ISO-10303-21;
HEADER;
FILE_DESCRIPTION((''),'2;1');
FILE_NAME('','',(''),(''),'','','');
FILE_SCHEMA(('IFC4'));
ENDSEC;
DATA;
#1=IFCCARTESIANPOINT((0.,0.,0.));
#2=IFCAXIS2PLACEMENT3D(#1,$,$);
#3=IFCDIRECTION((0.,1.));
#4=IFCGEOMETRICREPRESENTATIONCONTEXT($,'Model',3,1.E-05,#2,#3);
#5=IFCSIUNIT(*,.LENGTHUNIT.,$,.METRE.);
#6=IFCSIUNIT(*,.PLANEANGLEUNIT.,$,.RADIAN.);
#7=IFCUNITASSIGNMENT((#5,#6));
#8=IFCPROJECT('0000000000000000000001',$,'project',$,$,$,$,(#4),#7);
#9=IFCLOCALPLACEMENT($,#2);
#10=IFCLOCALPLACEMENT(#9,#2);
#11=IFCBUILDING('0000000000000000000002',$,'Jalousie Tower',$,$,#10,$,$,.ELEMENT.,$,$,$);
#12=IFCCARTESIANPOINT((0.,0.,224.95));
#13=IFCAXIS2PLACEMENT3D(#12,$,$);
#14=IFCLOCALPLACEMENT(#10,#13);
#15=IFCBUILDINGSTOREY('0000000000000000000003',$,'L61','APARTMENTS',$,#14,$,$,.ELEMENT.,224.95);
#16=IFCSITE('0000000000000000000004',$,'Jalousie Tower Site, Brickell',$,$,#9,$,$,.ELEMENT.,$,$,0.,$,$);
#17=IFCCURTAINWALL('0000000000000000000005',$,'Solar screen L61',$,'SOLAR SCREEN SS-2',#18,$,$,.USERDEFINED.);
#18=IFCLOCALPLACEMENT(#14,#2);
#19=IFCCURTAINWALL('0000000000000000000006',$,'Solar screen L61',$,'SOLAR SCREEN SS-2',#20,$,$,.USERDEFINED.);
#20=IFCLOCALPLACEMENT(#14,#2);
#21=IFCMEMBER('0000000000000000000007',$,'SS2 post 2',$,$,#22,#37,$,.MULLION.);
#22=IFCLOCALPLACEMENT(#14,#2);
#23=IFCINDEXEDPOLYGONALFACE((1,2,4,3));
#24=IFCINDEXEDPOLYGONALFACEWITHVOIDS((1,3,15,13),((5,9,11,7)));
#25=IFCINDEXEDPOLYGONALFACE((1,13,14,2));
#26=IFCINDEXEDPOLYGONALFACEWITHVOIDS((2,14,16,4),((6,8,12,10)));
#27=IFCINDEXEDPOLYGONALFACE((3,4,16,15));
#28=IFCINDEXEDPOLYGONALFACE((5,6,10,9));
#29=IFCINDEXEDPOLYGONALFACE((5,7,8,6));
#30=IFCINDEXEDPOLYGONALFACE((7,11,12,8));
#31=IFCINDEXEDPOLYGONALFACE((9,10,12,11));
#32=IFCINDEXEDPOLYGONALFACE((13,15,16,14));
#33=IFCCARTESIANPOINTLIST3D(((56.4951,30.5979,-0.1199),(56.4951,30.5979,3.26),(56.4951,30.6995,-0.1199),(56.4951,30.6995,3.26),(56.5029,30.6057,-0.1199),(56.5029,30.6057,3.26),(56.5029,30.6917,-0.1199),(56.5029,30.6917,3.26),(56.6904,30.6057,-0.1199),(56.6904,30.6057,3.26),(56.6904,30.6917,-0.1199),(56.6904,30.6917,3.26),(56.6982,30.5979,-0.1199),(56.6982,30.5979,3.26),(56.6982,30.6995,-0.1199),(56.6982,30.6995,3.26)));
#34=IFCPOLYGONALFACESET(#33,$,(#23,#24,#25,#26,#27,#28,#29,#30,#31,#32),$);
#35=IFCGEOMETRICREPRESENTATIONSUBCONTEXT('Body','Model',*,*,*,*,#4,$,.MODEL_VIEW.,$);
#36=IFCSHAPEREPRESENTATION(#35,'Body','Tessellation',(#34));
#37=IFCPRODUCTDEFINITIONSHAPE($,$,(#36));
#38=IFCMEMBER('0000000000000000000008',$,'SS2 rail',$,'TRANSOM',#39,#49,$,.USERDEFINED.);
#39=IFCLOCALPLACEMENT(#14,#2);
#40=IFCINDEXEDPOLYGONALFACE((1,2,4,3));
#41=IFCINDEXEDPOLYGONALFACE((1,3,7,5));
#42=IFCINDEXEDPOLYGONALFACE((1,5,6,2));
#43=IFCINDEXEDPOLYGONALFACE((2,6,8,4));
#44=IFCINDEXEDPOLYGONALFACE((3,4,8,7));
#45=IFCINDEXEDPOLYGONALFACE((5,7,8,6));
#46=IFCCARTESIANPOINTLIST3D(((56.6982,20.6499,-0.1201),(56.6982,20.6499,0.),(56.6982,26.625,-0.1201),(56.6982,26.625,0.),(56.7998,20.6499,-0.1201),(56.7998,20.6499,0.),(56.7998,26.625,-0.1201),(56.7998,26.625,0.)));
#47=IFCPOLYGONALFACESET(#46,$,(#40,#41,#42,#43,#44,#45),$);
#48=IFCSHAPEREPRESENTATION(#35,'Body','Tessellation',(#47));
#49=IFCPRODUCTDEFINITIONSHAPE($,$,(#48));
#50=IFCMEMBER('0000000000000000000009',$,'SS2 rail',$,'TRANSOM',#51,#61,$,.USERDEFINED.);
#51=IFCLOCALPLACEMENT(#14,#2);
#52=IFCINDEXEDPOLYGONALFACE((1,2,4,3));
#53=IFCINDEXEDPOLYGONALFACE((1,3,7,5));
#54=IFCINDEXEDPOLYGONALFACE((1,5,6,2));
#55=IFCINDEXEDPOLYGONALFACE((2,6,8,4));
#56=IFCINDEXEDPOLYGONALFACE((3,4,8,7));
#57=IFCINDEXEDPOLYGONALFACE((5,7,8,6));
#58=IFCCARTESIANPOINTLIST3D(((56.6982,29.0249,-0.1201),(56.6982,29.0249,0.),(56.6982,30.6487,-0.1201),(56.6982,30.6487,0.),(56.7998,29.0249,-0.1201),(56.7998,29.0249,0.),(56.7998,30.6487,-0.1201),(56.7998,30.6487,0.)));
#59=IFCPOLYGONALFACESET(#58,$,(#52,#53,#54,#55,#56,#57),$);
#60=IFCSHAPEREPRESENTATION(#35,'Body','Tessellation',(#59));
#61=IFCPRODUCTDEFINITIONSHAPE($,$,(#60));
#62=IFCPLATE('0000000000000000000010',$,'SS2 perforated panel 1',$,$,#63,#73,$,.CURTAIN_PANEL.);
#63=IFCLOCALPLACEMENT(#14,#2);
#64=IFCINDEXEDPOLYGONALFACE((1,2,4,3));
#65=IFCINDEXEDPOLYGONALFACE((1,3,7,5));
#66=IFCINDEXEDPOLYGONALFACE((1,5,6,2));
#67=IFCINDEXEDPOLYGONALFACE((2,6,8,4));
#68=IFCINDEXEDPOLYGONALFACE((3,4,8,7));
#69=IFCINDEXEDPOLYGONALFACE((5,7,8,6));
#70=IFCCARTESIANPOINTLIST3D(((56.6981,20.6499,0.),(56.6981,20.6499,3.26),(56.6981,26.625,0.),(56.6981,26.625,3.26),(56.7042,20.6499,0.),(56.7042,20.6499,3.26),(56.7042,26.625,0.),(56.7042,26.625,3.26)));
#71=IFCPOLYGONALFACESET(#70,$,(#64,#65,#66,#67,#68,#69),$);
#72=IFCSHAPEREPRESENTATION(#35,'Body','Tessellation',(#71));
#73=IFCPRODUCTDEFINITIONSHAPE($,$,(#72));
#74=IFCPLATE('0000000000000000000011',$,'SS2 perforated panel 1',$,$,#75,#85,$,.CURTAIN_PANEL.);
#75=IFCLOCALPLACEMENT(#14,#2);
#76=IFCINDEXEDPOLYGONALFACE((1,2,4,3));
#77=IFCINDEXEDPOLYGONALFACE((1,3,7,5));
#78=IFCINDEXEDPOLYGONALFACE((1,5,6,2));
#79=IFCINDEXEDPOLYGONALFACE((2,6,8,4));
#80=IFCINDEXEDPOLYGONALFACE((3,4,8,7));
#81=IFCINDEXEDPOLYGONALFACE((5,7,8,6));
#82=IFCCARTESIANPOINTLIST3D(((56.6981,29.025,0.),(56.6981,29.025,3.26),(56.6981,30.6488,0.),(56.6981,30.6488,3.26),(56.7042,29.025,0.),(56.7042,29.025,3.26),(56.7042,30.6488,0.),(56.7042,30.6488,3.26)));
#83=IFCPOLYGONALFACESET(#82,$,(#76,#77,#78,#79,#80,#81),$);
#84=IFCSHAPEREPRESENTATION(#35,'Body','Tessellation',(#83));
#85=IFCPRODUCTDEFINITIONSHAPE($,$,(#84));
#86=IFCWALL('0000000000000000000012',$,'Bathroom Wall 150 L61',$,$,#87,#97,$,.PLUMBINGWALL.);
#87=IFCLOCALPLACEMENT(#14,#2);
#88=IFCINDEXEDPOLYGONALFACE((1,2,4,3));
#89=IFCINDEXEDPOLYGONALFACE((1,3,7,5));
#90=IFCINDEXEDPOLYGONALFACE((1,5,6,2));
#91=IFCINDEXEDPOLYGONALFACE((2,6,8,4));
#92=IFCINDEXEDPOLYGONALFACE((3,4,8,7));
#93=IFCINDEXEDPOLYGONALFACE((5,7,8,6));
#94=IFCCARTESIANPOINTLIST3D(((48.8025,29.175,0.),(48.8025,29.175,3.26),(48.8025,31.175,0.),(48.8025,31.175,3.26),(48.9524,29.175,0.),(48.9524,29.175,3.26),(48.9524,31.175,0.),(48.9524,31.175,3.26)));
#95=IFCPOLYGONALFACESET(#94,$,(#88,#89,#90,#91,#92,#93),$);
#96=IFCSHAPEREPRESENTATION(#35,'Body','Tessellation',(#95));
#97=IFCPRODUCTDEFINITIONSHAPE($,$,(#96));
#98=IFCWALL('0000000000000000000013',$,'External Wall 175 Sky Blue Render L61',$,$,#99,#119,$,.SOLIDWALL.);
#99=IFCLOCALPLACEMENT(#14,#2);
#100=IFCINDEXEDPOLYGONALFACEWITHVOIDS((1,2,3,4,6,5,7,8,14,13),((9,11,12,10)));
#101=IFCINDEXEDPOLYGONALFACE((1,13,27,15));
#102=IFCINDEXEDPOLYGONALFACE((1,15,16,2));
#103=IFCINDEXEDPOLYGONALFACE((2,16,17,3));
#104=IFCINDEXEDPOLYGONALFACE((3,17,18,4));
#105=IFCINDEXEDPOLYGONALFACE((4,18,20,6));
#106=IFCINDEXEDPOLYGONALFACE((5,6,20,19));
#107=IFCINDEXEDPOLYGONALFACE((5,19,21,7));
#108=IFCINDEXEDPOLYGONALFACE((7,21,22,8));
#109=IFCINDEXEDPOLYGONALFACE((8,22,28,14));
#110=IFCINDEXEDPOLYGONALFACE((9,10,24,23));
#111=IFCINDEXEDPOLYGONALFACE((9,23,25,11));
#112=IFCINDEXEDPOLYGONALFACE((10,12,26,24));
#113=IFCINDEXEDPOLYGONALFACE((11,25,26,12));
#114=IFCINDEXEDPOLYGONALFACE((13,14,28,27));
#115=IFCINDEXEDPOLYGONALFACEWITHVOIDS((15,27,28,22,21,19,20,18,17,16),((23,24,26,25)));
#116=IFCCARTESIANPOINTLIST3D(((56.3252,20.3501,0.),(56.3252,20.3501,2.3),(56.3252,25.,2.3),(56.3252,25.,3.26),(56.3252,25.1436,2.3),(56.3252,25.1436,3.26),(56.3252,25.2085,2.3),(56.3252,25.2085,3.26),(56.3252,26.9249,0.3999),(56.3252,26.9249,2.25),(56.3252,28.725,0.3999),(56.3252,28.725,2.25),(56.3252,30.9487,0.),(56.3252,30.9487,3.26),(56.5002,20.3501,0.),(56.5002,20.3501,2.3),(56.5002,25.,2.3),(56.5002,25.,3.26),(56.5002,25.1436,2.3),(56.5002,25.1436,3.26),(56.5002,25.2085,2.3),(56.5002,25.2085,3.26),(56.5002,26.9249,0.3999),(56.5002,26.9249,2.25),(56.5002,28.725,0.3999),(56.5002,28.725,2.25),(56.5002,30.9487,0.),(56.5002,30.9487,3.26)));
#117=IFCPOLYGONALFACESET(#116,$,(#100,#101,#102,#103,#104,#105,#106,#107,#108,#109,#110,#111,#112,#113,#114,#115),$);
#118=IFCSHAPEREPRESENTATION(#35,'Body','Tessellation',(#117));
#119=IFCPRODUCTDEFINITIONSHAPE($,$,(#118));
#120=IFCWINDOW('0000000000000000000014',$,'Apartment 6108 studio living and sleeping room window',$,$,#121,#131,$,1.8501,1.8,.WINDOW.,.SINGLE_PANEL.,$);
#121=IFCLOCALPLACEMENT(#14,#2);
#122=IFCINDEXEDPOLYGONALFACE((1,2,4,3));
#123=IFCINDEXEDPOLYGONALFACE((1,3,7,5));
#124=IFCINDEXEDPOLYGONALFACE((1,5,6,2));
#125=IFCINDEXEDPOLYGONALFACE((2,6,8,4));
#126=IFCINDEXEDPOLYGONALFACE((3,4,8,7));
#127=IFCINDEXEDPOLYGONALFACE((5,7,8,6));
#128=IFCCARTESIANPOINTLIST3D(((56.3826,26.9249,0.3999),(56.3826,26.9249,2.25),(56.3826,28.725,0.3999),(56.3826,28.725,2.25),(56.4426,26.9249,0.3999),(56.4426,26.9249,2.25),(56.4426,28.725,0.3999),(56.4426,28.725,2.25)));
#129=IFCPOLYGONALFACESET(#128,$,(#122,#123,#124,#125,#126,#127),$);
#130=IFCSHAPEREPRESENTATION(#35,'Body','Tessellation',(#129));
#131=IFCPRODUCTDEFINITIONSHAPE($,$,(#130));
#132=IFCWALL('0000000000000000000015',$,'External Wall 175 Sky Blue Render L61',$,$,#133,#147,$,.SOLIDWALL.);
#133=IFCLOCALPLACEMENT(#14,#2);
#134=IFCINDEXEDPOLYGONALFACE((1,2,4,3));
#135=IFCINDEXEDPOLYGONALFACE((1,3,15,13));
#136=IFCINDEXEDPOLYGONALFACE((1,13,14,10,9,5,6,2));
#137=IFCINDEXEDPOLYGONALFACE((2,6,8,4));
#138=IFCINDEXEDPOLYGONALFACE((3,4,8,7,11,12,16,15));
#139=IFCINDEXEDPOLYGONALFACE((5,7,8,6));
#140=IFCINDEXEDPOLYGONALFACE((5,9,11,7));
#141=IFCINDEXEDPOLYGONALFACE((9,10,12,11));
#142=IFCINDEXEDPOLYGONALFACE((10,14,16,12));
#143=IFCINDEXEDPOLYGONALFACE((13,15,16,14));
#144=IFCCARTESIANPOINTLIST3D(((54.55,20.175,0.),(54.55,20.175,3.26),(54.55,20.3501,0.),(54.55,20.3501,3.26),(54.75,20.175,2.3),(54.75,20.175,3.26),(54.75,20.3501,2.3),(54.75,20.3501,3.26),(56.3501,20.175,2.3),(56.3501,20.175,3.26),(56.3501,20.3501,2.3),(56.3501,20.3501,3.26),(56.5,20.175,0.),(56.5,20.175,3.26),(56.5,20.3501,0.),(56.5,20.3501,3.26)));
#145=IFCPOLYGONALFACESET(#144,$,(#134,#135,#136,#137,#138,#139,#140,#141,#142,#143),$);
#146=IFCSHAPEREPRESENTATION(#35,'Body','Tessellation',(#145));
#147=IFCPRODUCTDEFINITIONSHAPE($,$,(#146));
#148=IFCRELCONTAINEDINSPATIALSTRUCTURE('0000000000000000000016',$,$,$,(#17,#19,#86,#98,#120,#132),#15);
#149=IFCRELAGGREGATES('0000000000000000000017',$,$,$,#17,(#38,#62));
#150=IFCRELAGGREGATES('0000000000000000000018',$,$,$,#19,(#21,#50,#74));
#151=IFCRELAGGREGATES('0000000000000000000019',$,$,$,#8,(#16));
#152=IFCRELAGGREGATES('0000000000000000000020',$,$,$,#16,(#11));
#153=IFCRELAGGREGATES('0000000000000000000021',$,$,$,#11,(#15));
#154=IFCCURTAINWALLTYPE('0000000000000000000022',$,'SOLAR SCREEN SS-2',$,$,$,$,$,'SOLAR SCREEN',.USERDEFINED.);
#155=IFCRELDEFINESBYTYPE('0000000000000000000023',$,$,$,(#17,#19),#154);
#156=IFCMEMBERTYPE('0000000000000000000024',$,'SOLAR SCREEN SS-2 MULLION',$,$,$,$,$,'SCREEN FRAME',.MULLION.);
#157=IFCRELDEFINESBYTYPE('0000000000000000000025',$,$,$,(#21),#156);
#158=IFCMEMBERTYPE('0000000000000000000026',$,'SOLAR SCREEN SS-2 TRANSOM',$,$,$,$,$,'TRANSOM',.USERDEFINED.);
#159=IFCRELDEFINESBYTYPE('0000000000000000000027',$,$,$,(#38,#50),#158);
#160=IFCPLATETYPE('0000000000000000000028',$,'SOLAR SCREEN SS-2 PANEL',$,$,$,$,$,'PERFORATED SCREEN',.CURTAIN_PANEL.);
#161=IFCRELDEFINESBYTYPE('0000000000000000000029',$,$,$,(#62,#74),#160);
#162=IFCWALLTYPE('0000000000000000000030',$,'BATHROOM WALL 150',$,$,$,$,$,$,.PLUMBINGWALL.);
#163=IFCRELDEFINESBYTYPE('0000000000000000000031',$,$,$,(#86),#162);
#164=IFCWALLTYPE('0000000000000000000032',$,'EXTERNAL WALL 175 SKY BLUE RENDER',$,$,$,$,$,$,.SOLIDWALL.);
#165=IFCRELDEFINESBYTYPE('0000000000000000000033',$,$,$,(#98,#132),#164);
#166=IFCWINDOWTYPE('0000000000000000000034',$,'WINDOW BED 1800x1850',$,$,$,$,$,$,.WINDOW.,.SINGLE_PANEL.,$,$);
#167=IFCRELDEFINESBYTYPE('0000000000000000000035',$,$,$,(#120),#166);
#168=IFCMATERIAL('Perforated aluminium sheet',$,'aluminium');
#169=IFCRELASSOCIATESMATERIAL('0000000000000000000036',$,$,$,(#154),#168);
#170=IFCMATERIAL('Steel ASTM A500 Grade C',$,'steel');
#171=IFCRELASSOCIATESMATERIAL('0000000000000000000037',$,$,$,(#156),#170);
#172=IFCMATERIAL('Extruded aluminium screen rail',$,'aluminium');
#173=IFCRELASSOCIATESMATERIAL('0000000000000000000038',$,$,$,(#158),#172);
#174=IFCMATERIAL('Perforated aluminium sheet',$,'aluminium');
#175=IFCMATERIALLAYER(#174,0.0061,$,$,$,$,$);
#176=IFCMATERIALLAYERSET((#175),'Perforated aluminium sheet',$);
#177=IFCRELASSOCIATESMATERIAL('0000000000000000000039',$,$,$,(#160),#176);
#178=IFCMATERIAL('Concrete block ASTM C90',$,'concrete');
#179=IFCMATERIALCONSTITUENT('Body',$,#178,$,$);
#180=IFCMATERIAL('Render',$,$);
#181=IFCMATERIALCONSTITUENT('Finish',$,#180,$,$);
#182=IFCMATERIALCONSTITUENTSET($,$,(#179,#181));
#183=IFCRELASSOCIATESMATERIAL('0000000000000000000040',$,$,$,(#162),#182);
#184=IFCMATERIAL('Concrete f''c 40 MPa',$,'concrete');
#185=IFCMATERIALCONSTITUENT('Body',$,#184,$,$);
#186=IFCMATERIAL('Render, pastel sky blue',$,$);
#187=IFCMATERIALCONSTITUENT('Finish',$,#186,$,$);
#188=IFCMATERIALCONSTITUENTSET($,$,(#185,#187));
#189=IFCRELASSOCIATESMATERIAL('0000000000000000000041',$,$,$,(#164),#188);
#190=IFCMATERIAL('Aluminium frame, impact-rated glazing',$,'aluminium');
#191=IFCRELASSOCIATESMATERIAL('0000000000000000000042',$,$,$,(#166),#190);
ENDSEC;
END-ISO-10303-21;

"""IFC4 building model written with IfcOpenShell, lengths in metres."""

from ifc_helpers import new_model, si_unit, direction, frame, frame_2d, origin, origin_2d, place, context, subcontext, project, spatial, polyline, rectangle, hollow_rectangle, outline, extrude, material, layer, layer_set, constituent, constituent_set, material_profile, profile_set, type_object, element, fill, aggregate, save


model = new_model("IFC4")

# Units and contexts
model_context = context("Model", 3, precision=1e-05, world=origin(), true_north=direction((0.0, 1.0)))
body_context = subcontext(model_context, "Body", "Model", "MODEL_VIEW")
ifc_project = project(units=[si_unit("LENGTHUNIT", "METRE"), si_unit("PLANEANGLEUNIT", "RADIAN")], contexts=[model_context])

# Site, building, storey
site_placement = place(None, origin())
site = spatial("IfcSite", under=ifc_project, at=site_placement, Name="Jalousie Tower Site, Brickell", CompositionType="ELEMENT", RefElevation=0.0)
building_placement = place(site_placement, origin())
building = spatial("IfcBuilding", under=site, at=building_placement, Name="Jalousie Tower", CompositionType="ELEMENT")
storey_placement = place(building_placement, frame((0.0, 0.0, 224.95)))
storey = spatial("IfcBuildingStorey", under=building, at=storey_placement, Name="L61", Description="APARTMENTS", CompositionType="ELEMENT", Elevation=224.95)

# Curtain walls, member
ifc_material_1 = material(Name="Perforated aluminium sheet", Category="aluminium")
curtain_wall_type_1 = type_object("IfcCurtainWallType", Name="SOLAR SCREEN SS-2", ElementType="SOLAR SCREEN", PredefinedType="USERDEFINED", material=ifc_material_1)
curtain_wall_1_placement = place(storey_placement, origin())
curtain_wall_1 = element("IfcCurtainWall", 1, at=curtain_wall_1_placement, inside=storey, type_object=curtain_wall_type_1, Name="Solar screen L61", ObjectType="SOLAR SCREEN SS-2", PredefinedType="USERDEFINED")
ifc_material_2 = material(Name="Steel ASTM A500 Grade C", Category="steel")
ifc_material_profile_1 = material_profile(ifc_material_2, hollow_rectangle(XDim=0.1016, YDim=0.2031, WallThickness=0.0078, at=origin_2d()), Name="HSS8X4X5/16")
ifc_profile_set_1 = profile_set([ifc_material_profile_1], Name="Steel ASTM A500 Grade C")
member_type_1 = type_object("IfcMemberType", Name="SOLAR SCREEN SS-2 MULLION", ElementType="SCREEN FRAME", PredefinedType="MULLION", material=ifc_profile_set_1)
curtain_wall_2_placement = place(storey_placement, origin())
curtain_wall_2 = element("IfcCurtainWall", 2, at=curtain_wall_2_placement, inside=storey, type_object=curtain_wall_type_1, Name="Solar screen L61", ObjectType="SOLAR SCREEN SS-2", PredefinedType="USERDEFINED")
member_1_placement = place(storey_placement, frame((56.5967, 30.6487, -0.1199), z_axis=(0.0, 0.0, 1.0), x_axis=(0.0, 1.0, 0.0)))
member_1 = element("IfcMember", 3, at=member_1_placement, type_object=member_type_1, Name="SS2 post 2", PredefinedType="MULLION", context=body_context, shape_type="SweptSolid", body=[
    extrude(hollow_rectangle(XDim=0.1016, YDim=0.2031, WallThickness=0.0078, at=origin_2d()), origin(), (0.0, 0.0, 1.0), 3.3799),
])

# Members
ifc_material_3 = material(Name="Extruded aluminium screen rail", Category="aluminium")
ifc_material_profile_2 = material_profile(ifc_material_3, rectangle(XDim=0.1016, YDim=0.1201, at=origin_2d()), Name="RAIL 102x120")
ifc_profile_set_2 = profile_set([ifc_material_profile_2], Name="Extruded aluminium screen rail")
member_type_2 = type_object("IfcMemberType", Name="SOLAR SCREEN SS-2 TRANSOM", ElementType="TRANSOM", PredefinedType="USERDEFINED", material=ifc_profile_set_2)
member_2_placement = place(storey_placement, frame((56.749, 20.6499, -0.0601), z_axis=(0.0, 1.0, 0.0), x_axis=(-1.0, 0.0, 0.0)))
member_2 = element("IfcMember", 4, at=member_2_placement, type_object=member_type_2, Name="SS2 rail", ObjectType="TRANSOM", PredefinedType="USERDEFINED", context=body_context, shape_type="SweptSolid", body=[
    extrude(rectangle(XDim=0.1016, YDim=0.1201, at=origin_2d()), origin(), (0.0, 0.0, 1.0), 5.9751),
])
member_3_placement = place(storey_placement, frame((56.749, 29.0249, -0.0601), z_axis=(0.0, 1.0, 0.0), x_axis=(-1.0, 0.0, 0.0)))
member_3 = element("IfcMember", 5, at=member_3_placement, type_object=member_type_2, Name="SS2 rail", ObjectType="TRANSOM", PredefinedType="USERDEFINED", context=body_context, shape_type="SweptSolid", body=[
    extrude(rectangle(XDim=0.1016, YDim=0.1201, at=origin_2d()), origin(), (0.0, 0.0, 1.0), 1.6238),
])

# Plates
ifc_material_4 = material(Name="Perforated aluminium sheet", Category="aluminium")
ifc_layer_1 = layer(ifc_material_4, 0.0061)
ifc_layer_set_1 = layer_set([ifc_layer_1], Name="Perforated aluminium sheet")
plate_type = type_object("IfcPlateType", Name="SOLAR SCREEN SS-2 PANEL", ElementType="PERFORATED SCREEN", PredefinedType="CURTAIN_PANEL", material=ifc_layer_set_1)
plate_1_placement = place(storey_placement, frame((56.7012, 23.6375, 0.0), z_axis=(0.0, 0.0, 1.0), x_axis=(0.0, 1.0, 0.0)))
plate_1 = element("IfcPlate", 6, at=plate_1_placement, type_object=plate_type, Name="SS2 perforated panel 1", PredefinedType="CURTAIN_PANEL", context=body_context, shape_type="SweptSolid", body=[
    extrude(rectangle(XDim=5.9751, YDim=0.0061, at=origin_2d()), origin(), (0.0, 0.0, 1.0), 3.26),
])
aggregate(curtain_wall_1, [member_2, plate_1])
plate_2_placement = place(storey_placement, frame((56.7012, 29.8369, 0.0), z_axis=(0.0, 0.0, 1.0), x_axis=(0.0, 1.0, 0.0)))
plate_2 = element("IfcPlate", 7, at=plate_2_placement, type_object=plate_type, Name="SS2 perforated panel 1", PredefinedType="CURTAIN_PANEL", context=body_context, shape_type="SweptSolid", body=[
    extrude(rectangle(XDim=1.6238, YDim=0.0061, at=origin_2d()), origin(), (0.0, 0.0, 1.0), 3.26),
])
aggregate(curtain_wall_2, [member_1, member_3, plate_2])

# Wall
ifc_material_5 = material(Name="Concrete block ASTM C90", Category="concrete")
ifc_constituent_1 = constituent(ifc_material_5, Name="Body")
ifc_material_6 = material(Name="Render")
ifc_constituent_2 = constituent(ifc_material_6, Name="Finish")
ifc_constituent_set_1 = constituent_set(constituents=[ifc_constituent_1, ifc_constituent_2])
wall_type_1 = type_object("IfcWallType", Name="BATHROOM WALL 150", PredefinedType="PLUMBINGWALL", material=ifc_constituent_set_1)
wall_1_placement = place(storey_placement, frame((48.8774, 29.175, 0.0), z_axis=(0.0, 0.0, 1.0), x_axis=(0.0, 1.0, 0.0)))
element("IfcWall", 8, at=wall_1_placement, inside=storey, type_object=wall_type_1, Name="Bathroom Wall 150 L61", PredefinedType="PLUMBINGWALL", context=body_context, shape_type="SweptSolid", body=[
    extrude(rectangle(XDim=2.0, YDim=0.1499, at=frame_2d((1.0, 0.0))), origin(), (0.0, 0.0, 1.0), 3.26),
])

# Wall, opening, window
ifc_material_7 = material(Name="Concrete f'c 40 MPa", Category="concrete")
ifc_constituent_3 = constituent(ifc_material_7, Name="Body")
ifc_material_8 = material(Name="Render, pastel sky blue")
ifc_constituent_4 = constituent(ifc_material_8, Name="Finish")
ifc_constituent_set_2 = constituent_set(constituents=[ifc_constituent_3, ifc_constituent_4])
wall_type_2 = type_object("IfcWallType", Name="EXTERNAL WALL 175 SKY BLUE RENDER", PredefinedType="SOLIDWALL", material=ifc_constituent_set_2)
wall_2_placement = place(storey_placement, frame((56.4126, 20.3501, 0.0), z_axis=(0.0, 0.0, 1.0), x_axis=(0.0, 1.0, 0.0)))
wall_2 = element("IfcWall", 9, at=wall_2_placement, inside=storey, type_object=wall_type_2, Name="External Wall 175 Sky Blue Render L61", PredefinedType="SOLIDWALL", context=body_context, shape_type="SweptSolid", body=[
    extrude(outline(polyline([(0.0, 0.0), (10.5986, 0.0), (10.5986, 3.26), (4.8584, 3.26), (4.8584, 2.3), (4.7935, 2.3), (4.7935, 3.26), (4.6499, 3.26), (4.6499, 2.3), (0.0, 2.3), (0.0, 0.0)])), frame((0.0, 0.0874, 0.0), z_axis=(0.0, -1.0, 0.0), x_axis=(1.0, 0.0, 0.0)), (0.0, 0.0, 1.0), 0.175),
])
opening_1_placement = place(wall_2_placement, frame((6.575, 0.0, 0.3999)))
opening_1 = element("IfcOpeningElement", 10, at=opening_1_placement, cuts=wall_2, PredefinedType="OPENING", context=body_context, shape_type="SweptSolid", body=[
    extrude(rectangle(XDim=1.8, YDim=1.8501, at=frame_2d((0.8999, 0.925))), frame((0.0, 0.0974, 0.0), z_axis=(0.0, -1.0, 0.0), x_axis=(1.0, 0.0, 0.0)), (0.0, 0.0, 1.0), 0.1951),
])
ifc_material_9 = material(Name="Aluminium frame, impact-rated glazing", Category="aluminium")
window_type = type_object("IfcWindowType", Name="WINDOW BED 1800x1850", PartitioningType="SINGLE_PANEL", PredefinedType="WINDOW", material=ifc_material_9)
window_placement = place(opening_1_placement, origin())
window = element("IfcWindow", 11, at=window_placement, inside=storey, type_object=window_type, Name="Apartment 6108 studio living and sleeping room window", OverallHeight=1.8501, OverallWidth=1.8, PartitioningType="SINGLE_PANEL", PredefinedType="WINDOW", context=body_context, shape_type="SweptSolid", body=[
    extrude(rectangle(XDim=1.8, YDim=1.8501, at=frame_2d((0.8999, 0.925))), frame((0.0, 0.03, 0.0), z_axis=(0.0, -1.0, 0.0), x_axis=(1.0, 0.0, 0.0)), (0.0, 0.0, 1.0), 0.0601),
])
fill(opening_1, window)

# Wall
wall_3_placement = place(storey_placement, frame((56.5, 20.2625, 0.0), z_axis=(0.0, 0.0, 1.0), x_axis=(-1.0, 0.0, 0.0)))
element("IfcWall", 12, at=wall_3_placement, inside=storey, type_object=wall_type_2, Name="External Wall 175 Sky Blue Render L61", PredefinedType="SOLIDWALL", context=body_context, shape_type="SweptSolid", body=[
    extrude(outline(polyline([(0.0, 0.0), (1.95, 0.0), (1.95, 3.26), (1.75, 3.26), (1.75, 2.3), (0.1499, 2.3), (0.1499, 3.26), (0.0, 3.26), (0.0, 0.0)])), frame((0.0, 0.0874, 0.0), z_axis=(0.0, -1.0, 0.0), x_axis=(1.0, 0.0, 0.0)), (0.0, 0.0, 1.0), 0.175),
])

save(model, "model.ifc")
